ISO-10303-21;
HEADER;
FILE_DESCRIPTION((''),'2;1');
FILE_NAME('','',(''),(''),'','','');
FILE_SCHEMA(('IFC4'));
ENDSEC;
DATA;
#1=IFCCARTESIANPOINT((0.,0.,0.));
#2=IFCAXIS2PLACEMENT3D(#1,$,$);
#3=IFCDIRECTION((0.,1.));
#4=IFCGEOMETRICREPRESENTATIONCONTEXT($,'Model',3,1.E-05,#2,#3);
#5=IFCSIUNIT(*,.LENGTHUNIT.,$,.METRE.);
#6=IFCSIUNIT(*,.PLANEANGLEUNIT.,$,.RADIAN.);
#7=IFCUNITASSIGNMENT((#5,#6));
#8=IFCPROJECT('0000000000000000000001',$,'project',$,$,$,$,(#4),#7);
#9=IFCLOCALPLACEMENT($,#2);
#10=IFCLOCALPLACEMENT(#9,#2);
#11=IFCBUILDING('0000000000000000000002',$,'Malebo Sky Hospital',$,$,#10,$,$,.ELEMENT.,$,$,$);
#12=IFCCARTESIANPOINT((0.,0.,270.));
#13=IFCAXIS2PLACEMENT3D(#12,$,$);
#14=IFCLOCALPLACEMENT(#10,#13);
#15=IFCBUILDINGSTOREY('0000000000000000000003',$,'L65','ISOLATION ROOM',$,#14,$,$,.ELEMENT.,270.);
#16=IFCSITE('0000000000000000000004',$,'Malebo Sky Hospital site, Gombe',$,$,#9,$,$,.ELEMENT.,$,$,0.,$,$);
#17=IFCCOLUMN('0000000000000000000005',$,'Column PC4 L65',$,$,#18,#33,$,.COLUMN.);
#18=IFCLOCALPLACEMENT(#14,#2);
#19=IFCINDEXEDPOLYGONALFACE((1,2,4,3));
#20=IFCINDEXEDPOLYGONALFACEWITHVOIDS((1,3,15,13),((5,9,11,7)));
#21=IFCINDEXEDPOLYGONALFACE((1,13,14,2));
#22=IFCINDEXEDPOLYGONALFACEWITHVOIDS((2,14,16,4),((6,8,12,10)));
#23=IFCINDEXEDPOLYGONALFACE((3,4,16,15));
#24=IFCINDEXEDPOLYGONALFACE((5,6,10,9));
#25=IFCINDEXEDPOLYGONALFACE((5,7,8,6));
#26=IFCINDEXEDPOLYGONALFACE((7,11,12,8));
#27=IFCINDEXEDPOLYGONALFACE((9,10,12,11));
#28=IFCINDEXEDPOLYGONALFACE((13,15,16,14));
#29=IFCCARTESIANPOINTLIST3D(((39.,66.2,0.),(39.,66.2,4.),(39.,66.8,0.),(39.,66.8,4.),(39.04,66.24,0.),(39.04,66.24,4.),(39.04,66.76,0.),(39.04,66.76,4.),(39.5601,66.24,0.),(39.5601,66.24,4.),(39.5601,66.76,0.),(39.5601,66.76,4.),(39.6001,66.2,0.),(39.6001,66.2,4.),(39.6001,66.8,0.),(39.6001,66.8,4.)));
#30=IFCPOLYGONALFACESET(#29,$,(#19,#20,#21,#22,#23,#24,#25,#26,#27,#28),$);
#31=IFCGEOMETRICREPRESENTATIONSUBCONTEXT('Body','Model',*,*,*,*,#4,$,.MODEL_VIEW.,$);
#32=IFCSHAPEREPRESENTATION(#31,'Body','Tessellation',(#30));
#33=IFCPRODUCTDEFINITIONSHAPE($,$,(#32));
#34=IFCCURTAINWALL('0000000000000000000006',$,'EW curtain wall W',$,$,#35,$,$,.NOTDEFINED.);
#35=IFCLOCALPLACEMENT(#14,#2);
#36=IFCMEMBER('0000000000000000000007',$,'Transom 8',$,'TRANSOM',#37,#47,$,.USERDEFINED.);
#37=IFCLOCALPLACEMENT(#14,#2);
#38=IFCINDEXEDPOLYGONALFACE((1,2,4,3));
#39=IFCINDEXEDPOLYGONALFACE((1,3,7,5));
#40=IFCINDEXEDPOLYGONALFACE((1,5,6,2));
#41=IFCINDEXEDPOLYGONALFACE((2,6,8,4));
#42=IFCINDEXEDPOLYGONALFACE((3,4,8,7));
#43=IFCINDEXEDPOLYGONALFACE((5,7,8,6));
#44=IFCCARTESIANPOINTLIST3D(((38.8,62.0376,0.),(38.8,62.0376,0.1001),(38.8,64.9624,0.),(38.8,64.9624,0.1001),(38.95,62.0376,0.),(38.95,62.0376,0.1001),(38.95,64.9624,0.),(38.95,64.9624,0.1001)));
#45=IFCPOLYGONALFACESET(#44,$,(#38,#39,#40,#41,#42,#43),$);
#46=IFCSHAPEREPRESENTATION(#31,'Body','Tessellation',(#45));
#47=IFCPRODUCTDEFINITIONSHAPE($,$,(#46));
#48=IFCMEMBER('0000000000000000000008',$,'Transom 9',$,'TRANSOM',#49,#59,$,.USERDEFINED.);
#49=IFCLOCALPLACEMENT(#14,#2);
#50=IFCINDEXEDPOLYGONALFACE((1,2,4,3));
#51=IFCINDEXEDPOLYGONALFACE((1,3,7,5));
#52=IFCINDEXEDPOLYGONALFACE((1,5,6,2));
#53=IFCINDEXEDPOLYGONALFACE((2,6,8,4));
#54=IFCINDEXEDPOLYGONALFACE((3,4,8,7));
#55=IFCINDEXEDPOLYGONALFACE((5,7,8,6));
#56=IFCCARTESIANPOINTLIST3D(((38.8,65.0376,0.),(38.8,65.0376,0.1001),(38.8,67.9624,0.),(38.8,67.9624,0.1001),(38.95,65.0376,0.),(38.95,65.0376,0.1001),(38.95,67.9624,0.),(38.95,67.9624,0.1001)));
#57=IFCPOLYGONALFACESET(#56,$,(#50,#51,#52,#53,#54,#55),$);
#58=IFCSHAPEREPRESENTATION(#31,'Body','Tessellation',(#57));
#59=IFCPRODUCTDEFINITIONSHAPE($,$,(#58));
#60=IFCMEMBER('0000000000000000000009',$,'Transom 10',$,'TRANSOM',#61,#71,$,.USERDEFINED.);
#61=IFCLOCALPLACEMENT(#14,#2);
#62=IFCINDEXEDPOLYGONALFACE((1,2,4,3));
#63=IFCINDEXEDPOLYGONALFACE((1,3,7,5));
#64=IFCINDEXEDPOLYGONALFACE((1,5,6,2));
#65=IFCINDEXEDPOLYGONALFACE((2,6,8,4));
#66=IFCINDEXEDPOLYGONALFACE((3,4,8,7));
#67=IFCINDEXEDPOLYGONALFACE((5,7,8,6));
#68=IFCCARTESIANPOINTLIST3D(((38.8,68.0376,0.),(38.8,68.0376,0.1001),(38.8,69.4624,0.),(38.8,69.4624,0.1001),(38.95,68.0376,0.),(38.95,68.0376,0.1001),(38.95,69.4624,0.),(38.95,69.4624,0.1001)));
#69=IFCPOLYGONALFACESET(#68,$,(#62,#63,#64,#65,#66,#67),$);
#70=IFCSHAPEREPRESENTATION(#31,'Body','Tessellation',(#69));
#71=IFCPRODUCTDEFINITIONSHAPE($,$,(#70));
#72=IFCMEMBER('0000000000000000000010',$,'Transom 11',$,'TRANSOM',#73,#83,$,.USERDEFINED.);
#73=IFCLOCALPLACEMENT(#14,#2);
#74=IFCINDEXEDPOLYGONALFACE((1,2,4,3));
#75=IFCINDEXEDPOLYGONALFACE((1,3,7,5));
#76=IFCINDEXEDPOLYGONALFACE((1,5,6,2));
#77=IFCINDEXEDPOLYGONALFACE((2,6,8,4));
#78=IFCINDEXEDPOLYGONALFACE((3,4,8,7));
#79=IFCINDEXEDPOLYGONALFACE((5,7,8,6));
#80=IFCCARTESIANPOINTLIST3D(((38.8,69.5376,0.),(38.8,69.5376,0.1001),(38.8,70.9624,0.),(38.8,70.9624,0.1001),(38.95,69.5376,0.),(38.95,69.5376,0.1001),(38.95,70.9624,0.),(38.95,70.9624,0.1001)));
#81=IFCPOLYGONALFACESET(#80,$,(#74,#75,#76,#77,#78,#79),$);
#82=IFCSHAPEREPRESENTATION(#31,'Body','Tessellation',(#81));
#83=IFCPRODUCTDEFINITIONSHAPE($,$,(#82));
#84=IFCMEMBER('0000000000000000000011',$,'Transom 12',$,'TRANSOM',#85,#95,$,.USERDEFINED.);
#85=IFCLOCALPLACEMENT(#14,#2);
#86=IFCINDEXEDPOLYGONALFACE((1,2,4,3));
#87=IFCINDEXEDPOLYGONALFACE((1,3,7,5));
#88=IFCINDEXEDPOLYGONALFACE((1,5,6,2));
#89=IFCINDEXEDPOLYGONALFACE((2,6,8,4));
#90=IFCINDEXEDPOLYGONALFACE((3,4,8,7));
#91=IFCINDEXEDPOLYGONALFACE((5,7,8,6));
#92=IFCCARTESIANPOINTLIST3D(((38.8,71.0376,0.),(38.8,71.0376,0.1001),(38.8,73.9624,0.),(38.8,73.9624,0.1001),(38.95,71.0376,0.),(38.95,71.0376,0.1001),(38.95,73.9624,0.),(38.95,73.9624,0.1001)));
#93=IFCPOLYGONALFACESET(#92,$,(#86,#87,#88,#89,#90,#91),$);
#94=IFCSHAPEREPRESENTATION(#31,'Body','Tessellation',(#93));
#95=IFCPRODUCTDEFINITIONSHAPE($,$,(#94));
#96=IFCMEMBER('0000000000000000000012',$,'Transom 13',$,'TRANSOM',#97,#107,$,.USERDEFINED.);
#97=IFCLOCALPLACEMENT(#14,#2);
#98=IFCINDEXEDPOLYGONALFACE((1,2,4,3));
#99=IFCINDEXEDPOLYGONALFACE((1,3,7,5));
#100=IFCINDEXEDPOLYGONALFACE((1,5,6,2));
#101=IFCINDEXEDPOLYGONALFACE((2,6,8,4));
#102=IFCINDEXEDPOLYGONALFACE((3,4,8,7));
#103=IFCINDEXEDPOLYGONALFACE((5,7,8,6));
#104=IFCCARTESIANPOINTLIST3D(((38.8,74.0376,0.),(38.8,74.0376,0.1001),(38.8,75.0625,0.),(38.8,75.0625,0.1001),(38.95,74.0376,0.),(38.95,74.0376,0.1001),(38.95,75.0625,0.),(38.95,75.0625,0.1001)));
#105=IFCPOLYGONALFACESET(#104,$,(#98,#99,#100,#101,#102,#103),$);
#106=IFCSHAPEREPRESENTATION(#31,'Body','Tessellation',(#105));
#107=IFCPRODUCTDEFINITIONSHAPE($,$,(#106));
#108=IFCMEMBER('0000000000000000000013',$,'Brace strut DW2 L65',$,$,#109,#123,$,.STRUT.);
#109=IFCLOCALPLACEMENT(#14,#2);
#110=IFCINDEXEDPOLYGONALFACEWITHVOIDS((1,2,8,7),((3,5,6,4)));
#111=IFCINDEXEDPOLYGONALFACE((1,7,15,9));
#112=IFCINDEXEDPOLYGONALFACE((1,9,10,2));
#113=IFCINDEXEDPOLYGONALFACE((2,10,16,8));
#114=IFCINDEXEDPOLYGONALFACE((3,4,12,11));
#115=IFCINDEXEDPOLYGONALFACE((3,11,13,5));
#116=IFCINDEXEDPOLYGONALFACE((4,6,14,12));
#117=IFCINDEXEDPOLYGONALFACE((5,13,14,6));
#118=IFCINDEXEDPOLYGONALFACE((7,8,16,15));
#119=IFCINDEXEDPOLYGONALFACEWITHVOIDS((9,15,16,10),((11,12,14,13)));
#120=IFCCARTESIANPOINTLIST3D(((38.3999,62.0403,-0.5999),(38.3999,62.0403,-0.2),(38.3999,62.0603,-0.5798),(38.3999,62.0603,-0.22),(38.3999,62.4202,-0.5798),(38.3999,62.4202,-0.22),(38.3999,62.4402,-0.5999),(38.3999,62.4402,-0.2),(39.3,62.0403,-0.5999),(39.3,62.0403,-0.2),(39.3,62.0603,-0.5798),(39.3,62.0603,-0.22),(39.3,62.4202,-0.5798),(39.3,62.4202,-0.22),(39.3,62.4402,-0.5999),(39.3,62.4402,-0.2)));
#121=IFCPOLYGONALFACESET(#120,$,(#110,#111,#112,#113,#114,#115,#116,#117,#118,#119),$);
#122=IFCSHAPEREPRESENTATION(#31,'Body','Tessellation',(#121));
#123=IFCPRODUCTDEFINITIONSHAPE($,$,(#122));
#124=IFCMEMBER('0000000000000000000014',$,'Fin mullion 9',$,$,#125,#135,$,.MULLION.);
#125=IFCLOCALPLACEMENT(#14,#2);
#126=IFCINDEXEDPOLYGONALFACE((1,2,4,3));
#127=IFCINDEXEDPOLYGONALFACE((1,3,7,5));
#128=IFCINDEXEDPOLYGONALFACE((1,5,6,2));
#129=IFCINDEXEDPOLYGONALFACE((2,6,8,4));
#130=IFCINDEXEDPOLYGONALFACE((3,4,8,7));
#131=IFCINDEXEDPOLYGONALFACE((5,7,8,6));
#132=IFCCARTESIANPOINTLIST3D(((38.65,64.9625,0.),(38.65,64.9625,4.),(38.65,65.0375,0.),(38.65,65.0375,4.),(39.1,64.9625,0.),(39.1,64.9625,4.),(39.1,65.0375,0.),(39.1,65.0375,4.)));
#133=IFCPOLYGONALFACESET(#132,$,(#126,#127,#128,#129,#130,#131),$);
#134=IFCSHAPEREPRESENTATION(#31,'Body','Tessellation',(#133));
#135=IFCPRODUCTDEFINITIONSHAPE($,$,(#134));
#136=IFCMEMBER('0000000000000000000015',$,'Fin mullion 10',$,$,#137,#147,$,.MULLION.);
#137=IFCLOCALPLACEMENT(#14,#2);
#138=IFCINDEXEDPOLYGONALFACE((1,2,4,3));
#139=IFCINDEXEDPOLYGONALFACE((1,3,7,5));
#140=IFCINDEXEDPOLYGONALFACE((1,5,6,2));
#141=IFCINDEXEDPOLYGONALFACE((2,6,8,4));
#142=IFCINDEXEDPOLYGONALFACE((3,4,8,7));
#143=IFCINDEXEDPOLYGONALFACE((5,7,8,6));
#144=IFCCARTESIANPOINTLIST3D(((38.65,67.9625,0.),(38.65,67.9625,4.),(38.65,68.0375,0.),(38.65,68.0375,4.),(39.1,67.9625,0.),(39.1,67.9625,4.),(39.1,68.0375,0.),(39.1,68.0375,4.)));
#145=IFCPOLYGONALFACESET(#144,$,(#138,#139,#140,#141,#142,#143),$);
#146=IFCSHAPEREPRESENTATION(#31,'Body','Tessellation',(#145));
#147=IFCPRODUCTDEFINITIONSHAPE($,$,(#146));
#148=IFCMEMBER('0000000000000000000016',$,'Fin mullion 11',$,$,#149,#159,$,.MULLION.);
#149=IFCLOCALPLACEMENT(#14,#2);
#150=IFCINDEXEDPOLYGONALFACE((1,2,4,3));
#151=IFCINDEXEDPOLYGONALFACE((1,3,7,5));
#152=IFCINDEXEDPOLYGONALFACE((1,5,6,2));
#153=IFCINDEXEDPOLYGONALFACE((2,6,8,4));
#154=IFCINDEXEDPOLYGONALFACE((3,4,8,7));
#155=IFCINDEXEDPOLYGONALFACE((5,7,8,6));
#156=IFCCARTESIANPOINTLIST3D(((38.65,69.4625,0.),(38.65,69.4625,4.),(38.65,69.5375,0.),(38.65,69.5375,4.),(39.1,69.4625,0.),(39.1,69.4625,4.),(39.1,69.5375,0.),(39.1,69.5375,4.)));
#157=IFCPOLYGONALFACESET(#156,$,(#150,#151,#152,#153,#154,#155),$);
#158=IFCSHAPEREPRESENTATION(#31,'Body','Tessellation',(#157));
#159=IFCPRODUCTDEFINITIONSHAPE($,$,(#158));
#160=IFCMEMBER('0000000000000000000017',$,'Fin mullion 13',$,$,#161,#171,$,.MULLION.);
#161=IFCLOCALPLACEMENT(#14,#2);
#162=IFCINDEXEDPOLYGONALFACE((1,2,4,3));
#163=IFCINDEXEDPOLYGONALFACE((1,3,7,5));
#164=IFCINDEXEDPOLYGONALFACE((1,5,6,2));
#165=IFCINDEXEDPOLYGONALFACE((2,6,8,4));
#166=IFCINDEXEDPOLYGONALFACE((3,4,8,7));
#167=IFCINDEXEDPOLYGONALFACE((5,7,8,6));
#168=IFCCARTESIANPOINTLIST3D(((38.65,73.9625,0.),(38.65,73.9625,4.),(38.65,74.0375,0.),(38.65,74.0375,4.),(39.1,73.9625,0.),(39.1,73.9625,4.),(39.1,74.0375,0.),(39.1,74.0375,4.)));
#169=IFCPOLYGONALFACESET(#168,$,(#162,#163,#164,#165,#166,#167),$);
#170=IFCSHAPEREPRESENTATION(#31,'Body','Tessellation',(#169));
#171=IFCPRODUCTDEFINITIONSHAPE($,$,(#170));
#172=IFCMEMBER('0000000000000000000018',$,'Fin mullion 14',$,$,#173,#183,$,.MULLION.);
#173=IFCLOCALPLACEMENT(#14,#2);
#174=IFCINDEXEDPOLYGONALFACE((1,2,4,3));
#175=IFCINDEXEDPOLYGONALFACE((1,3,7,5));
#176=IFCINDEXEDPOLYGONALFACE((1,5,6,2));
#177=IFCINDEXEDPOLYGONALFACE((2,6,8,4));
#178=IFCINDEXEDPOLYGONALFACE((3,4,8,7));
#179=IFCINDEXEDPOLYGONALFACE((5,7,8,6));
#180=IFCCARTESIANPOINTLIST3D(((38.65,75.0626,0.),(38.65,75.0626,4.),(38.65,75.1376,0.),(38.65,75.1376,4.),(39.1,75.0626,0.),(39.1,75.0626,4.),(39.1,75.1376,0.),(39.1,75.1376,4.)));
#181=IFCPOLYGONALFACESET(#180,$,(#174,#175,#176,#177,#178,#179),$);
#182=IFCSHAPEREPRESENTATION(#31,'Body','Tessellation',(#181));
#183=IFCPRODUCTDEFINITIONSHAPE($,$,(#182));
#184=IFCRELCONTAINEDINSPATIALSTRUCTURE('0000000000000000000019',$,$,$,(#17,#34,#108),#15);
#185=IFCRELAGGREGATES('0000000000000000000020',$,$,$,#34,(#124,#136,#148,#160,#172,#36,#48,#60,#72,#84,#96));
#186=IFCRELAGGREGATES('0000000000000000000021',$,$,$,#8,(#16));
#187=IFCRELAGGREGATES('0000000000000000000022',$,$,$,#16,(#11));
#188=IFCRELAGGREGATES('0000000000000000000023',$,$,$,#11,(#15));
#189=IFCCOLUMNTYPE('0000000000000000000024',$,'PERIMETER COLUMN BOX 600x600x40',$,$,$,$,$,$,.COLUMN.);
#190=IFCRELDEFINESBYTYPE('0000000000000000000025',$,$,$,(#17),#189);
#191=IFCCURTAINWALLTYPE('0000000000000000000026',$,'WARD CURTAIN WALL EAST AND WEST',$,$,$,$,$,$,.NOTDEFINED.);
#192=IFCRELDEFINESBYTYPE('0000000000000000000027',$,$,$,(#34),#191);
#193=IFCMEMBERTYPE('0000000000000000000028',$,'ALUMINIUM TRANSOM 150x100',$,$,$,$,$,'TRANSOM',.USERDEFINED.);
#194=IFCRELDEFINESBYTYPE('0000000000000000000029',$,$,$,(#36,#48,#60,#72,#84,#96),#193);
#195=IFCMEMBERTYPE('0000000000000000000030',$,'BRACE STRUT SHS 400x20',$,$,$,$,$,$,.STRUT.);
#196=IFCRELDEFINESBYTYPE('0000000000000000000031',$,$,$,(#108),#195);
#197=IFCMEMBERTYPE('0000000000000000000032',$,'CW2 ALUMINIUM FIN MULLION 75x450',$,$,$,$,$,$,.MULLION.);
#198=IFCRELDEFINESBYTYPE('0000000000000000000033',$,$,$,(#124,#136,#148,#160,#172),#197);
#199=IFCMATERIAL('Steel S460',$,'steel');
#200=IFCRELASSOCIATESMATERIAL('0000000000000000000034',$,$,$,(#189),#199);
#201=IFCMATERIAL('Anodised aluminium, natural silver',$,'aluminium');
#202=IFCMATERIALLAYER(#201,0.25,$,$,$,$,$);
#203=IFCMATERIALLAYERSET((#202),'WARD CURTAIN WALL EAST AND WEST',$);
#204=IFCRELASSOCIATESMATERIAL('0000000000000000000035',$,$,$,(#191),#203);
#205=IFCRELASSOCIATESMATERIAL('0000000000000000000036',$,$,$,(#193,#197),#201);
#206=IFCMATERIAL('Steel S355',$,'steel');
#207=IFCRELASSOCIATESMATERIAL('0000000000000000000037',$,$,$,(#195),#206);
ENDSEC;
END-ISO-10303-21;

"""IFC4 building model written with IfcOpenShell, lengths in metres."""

from ifc_helpers import new_model, si_unit, direction, frame, origin, origin_2d, place, context, subcontext, project, spatial, rectangle, hollow_rectangle, extrude, material, layer, layer_set, material_profile, profile_set, type_object, element, aggregate, save


model = new_model("IFC4")

# Units and contexts
model_context = context("Model", 3, precision=1e-05, world=origin(), true_north=direction((0.0, 1.0)))
body_context = subcontext(model_context, "Body", "Model", "MODEL_VIEW")
ifc_project = project(units=[si_unit("LENGTHUNIT", "METRE"), si_unit("PLANEANGLEUNIT", "RADIAN")], contexts=[model_context])

# Site, building, storey
site_placement = place(None, origin())
site = spatial("IfcSite", under=ifc_project, at=site_placement, Name="Malebo Sky Hospital site, Gombe", CompositionType="ELEMENT", RefElevation=0.0)
building_placement = place(site_placement, origin())
building = spatial("IfcBuilding", under=site, at=building_placement, Name="Malebo Sky Hospital", CompositionType="ELEMENT")
storey_placement = place(building_placement, frame((0.0, 0.0, 270.0)))
storey = spatial("IfcBuildingStorey", under=building, at=storey_placement, Name="L65", Description="ISOLATION ROOM", CompositionType="ELEMENT", Elevation=270.0)

# Column
ifc_material_1 = material(Name="Steel S460", Category="steel")
ifc_material_profile_1 = material_profile(ifc_material_1, hollow_rectangle(XDim=0.6001, YDim=0.6001, WallThickness=0.04, at=origin_2d()), Name="BOX 600x600x40")
ifc_profile_set_1 = profile_set([ifc_material_profile_1], Name="Steel S460")
column_type = type_object("IfcColumnType", Name="PERIMETER COLUMN BOX 600x600x40", PredefinedType="COLUMN", material=ifc_profile_set_1)
column_placement = place(storey_placement, frame((39.3, 66.5, 0.0), z_axis=(0.0, 0.0, 1.0), x_axis=(1.0, 0.0, 0.0)))
element("IfcColumn", 1, at=column_placement, inside=storey, type_object=column_type, Name="Column PC4 L65", PredefinedType="COLUMN", context=body_context, shape_type="SweptSolid", body=[
    extrude(hollow_rectangle(XDim=0.6001, YDim=0.6001, WallThickness=0.04, at=origin_2d()), origin(), (0.0, 0.0, 1.0), 4.0),
])

# Curtain wall, members
ifc_material_2 = material(Name="Anodised aluminium, natural silver", Category="aluminium")
ifc_layer_1 = layer(ifc_material_2, 0.25)
ifc_layer_set_1 = layer_set([ifc_layer_1], Name="WARD CURTAIN WALL EAST AND WEST")
curtain_wall_type = type_object("IfcCurtainWallType", Name="WARD CURTAIN WALL EAST AND WEST", PredefinedType="NOTDEFINED", material=ifc_layer_set_1)
curtain_wall_placement = place(storey_placement, origin())
curtain_wall = element("IfcCurtainWall", 2, at=curtain_wall_placement, inside=storey, type_object=curtain_wall_type, Name="EW curtain wall W", PredefinedType="NOTDEFINED")
ifc_material_profile_2 = material_profile(ifc_material_2, rectangle(XDim=0.1499, YDim=0.1001, at=origin_2d()), Name="ALUMINIUM TRANSOM 150x100")
ifc_profile_set_2 = profile_set([ifc_material_profile_2], Name="Anodised aluminium, natural silver")
member_type_1 = type_object("IfcMemberType", Name="ALUMINIUM TRANSOM 150x100", ElementType="TRANSOM", PredefinedType="USERDEFINED", material=ifc_profile_set_2)
member_1_placement = place(storey_placement, frame((38.875, 62.0376, 0.05), z_axis=(0.0, 1.0, 0.0), x_axis=(-1.0, 0.0, 0.0)))
member_1 = element("IfcMember", 3, at=member_1_placement, type_object=member_type_1, Name="Transom 8", ObjectType="TRANSOM", PredefinedType="USERDEFINED", context=body_context, shape_type="SweptSolid", body=[
    extrude(rectangle(XDim=0.1499, YDim=0.1001, at=origin_2d()), origin(), (0.0, 0.0, 1.0), 2.9248),
])
member_2_placement = place(storey_placement, frame((38.875, 65.0376, 0.05), z_axis=(0.0, 1.0, 0.0), x_axis=(-1.0, 0.0, 0.0)))
member_2 = element("IfcMember", 4, at=member_2_placement, type_object=member_type_1, Name="Transom 9", ObjectType="TRANSOM", PredefinedType="USERDEFINED", context=body_context, shape_type="SweptSolid", body=[
    extrude(rectangle(XDim=0.1499, YDim=0.1001, at=origin_2d()), origin(), (0.0, 0.0, 1.0), 2.9248),
])
member_3_placement = place(storey_placement, frame((38.875, 68.0376, 0.05), z_axis=(0.0, 1.0, 0.0), x_axis=(-1.0, 0.0, 0.0)))
member_3 = element("IfcMember", 5, at=member_3_placement, type_object=member_type_1, Name="Transom 10", ObjectType="TRANSOM", PredefinedType="USERDEFINED", context=body_context, shape_type="SweptSolid", body=[
    extrude(rectangle(XDim=0.1499, YDim=0.1001, at=origin_2d()), origin(), (0.0, 0.0, 1.0), 1.4248),
])
member_4_placement = place(storey_placement, frame((38.875, 69.5376, 0.05), z_axis=(0.0, 1.0, 0.0), x_axis=(-1.0, 0.0, 0.0)))
member_4 = element("IfcMember", 6, at=member_4_placement, type_object=member_type_1, Name="Transom 11", ObjectType="TRANSOM", PredefinedType="USERDEFINED", context=body_context, shape_type="SweptSolid", body=[
    extrude(rectangle(XDim=0.1499, YDim=0.1001, at=origin_2d()), origin(), (0.0, 0.0, 1.0), 1.4248),
])
member_5_placement = place(storey_placement, frame((38.875, 71.0376, 0.05), z_axis=(0.0, 1.0, 0.0), x_axis=(-1.0, 0.0, 0.0)))
member_5 = element("IfcMember", 7, at=member_5_placement, type_object=member_type_1, Name="Transom 12", ObjectType="TRANSOM", PredefinedType="USERDEFINED", context=body_context, shape_type="SweptSolid", body=[
    extrude(rectangle(XDim=0.1499, YDim=0.1001, at=origin_2d()), origin(), (0.0, 0.0, 1.0), 2.9248),
])
member_6_placement = place(storey_placement, frame((38.875, 74.0376, 0.05), z_axis=(0.0, 1.0, 0.0), x_axis=(-1.0, 0.0, 0.0)))
member_6 = element("IfcMember", 8, at=member_6_placement, type_object=member_type_1, Name="Transom 13", ObjectType="TRANSOM", PredefinedType="USERDEFINED", context=body_context, shape_type="SweptSolid", body=[
    extrude(rectangle(XDim=0.1499, YDim=0.1001, at=origin_2d()), origin(), (0.0, 0.0, 1.0), 1.0249),
])

# Members
ifc_material_3 = material(Name="Steel S355", Category="steel")
ifc_material_profile_3 = material_profile(ifc_material_3, hollow_rectangle(XDim=0.3999, YDim=0.3999, WallThickness=0.02, at=origin_2d()), Name="SHS 400x20")
ifc_profile_set_3 = profile_set([ifc_material_profile_3], Name="Steel S355")
member_type_2 = type_object("IfcMemberType", Name="BRACE STRUT SHS 400x20", PredefinedType="STRUT", material=ifc_profile_set_3)
member_7_placement = place(storey_placement, frame((38.3999, 62.2402, -0.3999), z_axis=(1.0, 0.0, 0.0), x_axis=(0.0, 1.0, 0.0)))
element("IfcMember", 9, at=member_7_placement, inside=storey, type_object=member_type_2, Name="Brace strut DW2 L65", PredefinedType="STRUT", context=body_context, shape_type="SweptSolid", body=[
    extrude(hollow_rectangle(XDim=0.3999, YDim=0.3999, WallThickness=0.02, at=origin_2d()), origin(), (0.0, 0.0, 1.0), 0.9001),
])
ifc_material_profile_4 = material_profile(ifc_material_2, rectangle(XDim=0.075, YDim=0.45, at=origin_2d()), Name="CW2 ALUMINIUM FIN MULLION 75x450")
ifc_profile_set_4 = profile_set([ifc_material_profile_4], Name="Anodised aluminium, natural silver")
member_type_3 = type_object("IfcMemberType", Name="CW2 ALUMINIUM FIN MULLION 75x450", PredefinedType="MULLION", material=ifc_profile_set_4)
member_8_placement = place(storey_placement, frame((38.875, 65.0, 0.0), z_axis=(0.0, 0.0, 1.0), x_axis=(0.0, 1.0, 0.0)))
member_8 = element("IfcMember", 10, at=member_8_placement, type_object=member_type_3, Name="Fin mullion 9", PredefinedType="MULLION", context=body_context, shape_type="SweptSolid", body=[
    extrude(rectangle(XDim=0.075, YDim=0.45, at=origin_2d()), origin(), (0.0, 0.0, 1.0), 4.0),
])
member_9_placement = place(storey_placement, frame((38.875, 68.0, 0.0), z_axis=(0.0, 0.0, 1.0), x_axis=(0.0, 1.0, 0.0)))
member_9 = element("IfcMember", 11, at=member_9_placement, type_object=member_type_3, Name="Fin mullion 10", PredefinedType="MULLION", context=body_context, shape_type="SweptSolid", body=[
    extrude(rectangle(XDim=0.075, YDim=0.45, at=origin_2d()), origin(), (0.0, 0.0, 1.0), 4.0),
])
member_10_placement = place(storey_placement, frame((38.875, 69.5, 0.0), z_axis=(0.0, 0.0, 1.0), x_axis=(0.0, 1.0, 0.0)))
member_10 = element("IfcMember", 12, at=member_10_placement, type_object=member_type_3, Name="Fin mullion 11", PredefinedType="MULLION", context=body_context, shape_type="SweptSolid", body=[
    extrude(rectangle(XDim=0.075, YDim=0.45, at=origin_2d()), origin(), (0.0, 0.0, 1.0), 4.0),
])
member_11_placement = place(storey_placement, frame((38.875, 74.0, 0.0), z_axis=(0.0, 0.0, 1.0), x_axis=(0.0, 1.0, 0.0)))
member_11 = element("IfcMember", 13, at=member_11_placement, type_object=member_type_3, Name="Fin mullion 13", PredefinedType="MULLION", context=body_context, shape_type="SweptSolid", body=[
    extrude(rectangle(XDim=0.075, YDim=0.45, at=origin_2d()), origin(), (0.0, 0.0, 1.0), 4.0),
])
member_12_placement = place(storey_placement, frame((38.875, 75.1001, 0.0), z_axis=(0.0, 0.0, 1.0), x_axis=(0.0, 1.0, 0.0)))
member_12 = element("IfcMember", 14, at=member_12_placement, type_object=member_type_3, Name="Fin mullion 14", PredefinedType="MULLION", context=body_context, shape_type="SweptSolid", body=[
    extrude(rectangle(XDim=0.075, YDim=0.45, at=origin_2d()), origin(), (0.0, 0.0, 1.0), 4.0),
])

aggregate(curtain_wall, [member_8, member_9, member_10, member_11, member_12, member_1, member_2, member_3, member_4, member_5, member_6])

save(model, "model.ifc")
